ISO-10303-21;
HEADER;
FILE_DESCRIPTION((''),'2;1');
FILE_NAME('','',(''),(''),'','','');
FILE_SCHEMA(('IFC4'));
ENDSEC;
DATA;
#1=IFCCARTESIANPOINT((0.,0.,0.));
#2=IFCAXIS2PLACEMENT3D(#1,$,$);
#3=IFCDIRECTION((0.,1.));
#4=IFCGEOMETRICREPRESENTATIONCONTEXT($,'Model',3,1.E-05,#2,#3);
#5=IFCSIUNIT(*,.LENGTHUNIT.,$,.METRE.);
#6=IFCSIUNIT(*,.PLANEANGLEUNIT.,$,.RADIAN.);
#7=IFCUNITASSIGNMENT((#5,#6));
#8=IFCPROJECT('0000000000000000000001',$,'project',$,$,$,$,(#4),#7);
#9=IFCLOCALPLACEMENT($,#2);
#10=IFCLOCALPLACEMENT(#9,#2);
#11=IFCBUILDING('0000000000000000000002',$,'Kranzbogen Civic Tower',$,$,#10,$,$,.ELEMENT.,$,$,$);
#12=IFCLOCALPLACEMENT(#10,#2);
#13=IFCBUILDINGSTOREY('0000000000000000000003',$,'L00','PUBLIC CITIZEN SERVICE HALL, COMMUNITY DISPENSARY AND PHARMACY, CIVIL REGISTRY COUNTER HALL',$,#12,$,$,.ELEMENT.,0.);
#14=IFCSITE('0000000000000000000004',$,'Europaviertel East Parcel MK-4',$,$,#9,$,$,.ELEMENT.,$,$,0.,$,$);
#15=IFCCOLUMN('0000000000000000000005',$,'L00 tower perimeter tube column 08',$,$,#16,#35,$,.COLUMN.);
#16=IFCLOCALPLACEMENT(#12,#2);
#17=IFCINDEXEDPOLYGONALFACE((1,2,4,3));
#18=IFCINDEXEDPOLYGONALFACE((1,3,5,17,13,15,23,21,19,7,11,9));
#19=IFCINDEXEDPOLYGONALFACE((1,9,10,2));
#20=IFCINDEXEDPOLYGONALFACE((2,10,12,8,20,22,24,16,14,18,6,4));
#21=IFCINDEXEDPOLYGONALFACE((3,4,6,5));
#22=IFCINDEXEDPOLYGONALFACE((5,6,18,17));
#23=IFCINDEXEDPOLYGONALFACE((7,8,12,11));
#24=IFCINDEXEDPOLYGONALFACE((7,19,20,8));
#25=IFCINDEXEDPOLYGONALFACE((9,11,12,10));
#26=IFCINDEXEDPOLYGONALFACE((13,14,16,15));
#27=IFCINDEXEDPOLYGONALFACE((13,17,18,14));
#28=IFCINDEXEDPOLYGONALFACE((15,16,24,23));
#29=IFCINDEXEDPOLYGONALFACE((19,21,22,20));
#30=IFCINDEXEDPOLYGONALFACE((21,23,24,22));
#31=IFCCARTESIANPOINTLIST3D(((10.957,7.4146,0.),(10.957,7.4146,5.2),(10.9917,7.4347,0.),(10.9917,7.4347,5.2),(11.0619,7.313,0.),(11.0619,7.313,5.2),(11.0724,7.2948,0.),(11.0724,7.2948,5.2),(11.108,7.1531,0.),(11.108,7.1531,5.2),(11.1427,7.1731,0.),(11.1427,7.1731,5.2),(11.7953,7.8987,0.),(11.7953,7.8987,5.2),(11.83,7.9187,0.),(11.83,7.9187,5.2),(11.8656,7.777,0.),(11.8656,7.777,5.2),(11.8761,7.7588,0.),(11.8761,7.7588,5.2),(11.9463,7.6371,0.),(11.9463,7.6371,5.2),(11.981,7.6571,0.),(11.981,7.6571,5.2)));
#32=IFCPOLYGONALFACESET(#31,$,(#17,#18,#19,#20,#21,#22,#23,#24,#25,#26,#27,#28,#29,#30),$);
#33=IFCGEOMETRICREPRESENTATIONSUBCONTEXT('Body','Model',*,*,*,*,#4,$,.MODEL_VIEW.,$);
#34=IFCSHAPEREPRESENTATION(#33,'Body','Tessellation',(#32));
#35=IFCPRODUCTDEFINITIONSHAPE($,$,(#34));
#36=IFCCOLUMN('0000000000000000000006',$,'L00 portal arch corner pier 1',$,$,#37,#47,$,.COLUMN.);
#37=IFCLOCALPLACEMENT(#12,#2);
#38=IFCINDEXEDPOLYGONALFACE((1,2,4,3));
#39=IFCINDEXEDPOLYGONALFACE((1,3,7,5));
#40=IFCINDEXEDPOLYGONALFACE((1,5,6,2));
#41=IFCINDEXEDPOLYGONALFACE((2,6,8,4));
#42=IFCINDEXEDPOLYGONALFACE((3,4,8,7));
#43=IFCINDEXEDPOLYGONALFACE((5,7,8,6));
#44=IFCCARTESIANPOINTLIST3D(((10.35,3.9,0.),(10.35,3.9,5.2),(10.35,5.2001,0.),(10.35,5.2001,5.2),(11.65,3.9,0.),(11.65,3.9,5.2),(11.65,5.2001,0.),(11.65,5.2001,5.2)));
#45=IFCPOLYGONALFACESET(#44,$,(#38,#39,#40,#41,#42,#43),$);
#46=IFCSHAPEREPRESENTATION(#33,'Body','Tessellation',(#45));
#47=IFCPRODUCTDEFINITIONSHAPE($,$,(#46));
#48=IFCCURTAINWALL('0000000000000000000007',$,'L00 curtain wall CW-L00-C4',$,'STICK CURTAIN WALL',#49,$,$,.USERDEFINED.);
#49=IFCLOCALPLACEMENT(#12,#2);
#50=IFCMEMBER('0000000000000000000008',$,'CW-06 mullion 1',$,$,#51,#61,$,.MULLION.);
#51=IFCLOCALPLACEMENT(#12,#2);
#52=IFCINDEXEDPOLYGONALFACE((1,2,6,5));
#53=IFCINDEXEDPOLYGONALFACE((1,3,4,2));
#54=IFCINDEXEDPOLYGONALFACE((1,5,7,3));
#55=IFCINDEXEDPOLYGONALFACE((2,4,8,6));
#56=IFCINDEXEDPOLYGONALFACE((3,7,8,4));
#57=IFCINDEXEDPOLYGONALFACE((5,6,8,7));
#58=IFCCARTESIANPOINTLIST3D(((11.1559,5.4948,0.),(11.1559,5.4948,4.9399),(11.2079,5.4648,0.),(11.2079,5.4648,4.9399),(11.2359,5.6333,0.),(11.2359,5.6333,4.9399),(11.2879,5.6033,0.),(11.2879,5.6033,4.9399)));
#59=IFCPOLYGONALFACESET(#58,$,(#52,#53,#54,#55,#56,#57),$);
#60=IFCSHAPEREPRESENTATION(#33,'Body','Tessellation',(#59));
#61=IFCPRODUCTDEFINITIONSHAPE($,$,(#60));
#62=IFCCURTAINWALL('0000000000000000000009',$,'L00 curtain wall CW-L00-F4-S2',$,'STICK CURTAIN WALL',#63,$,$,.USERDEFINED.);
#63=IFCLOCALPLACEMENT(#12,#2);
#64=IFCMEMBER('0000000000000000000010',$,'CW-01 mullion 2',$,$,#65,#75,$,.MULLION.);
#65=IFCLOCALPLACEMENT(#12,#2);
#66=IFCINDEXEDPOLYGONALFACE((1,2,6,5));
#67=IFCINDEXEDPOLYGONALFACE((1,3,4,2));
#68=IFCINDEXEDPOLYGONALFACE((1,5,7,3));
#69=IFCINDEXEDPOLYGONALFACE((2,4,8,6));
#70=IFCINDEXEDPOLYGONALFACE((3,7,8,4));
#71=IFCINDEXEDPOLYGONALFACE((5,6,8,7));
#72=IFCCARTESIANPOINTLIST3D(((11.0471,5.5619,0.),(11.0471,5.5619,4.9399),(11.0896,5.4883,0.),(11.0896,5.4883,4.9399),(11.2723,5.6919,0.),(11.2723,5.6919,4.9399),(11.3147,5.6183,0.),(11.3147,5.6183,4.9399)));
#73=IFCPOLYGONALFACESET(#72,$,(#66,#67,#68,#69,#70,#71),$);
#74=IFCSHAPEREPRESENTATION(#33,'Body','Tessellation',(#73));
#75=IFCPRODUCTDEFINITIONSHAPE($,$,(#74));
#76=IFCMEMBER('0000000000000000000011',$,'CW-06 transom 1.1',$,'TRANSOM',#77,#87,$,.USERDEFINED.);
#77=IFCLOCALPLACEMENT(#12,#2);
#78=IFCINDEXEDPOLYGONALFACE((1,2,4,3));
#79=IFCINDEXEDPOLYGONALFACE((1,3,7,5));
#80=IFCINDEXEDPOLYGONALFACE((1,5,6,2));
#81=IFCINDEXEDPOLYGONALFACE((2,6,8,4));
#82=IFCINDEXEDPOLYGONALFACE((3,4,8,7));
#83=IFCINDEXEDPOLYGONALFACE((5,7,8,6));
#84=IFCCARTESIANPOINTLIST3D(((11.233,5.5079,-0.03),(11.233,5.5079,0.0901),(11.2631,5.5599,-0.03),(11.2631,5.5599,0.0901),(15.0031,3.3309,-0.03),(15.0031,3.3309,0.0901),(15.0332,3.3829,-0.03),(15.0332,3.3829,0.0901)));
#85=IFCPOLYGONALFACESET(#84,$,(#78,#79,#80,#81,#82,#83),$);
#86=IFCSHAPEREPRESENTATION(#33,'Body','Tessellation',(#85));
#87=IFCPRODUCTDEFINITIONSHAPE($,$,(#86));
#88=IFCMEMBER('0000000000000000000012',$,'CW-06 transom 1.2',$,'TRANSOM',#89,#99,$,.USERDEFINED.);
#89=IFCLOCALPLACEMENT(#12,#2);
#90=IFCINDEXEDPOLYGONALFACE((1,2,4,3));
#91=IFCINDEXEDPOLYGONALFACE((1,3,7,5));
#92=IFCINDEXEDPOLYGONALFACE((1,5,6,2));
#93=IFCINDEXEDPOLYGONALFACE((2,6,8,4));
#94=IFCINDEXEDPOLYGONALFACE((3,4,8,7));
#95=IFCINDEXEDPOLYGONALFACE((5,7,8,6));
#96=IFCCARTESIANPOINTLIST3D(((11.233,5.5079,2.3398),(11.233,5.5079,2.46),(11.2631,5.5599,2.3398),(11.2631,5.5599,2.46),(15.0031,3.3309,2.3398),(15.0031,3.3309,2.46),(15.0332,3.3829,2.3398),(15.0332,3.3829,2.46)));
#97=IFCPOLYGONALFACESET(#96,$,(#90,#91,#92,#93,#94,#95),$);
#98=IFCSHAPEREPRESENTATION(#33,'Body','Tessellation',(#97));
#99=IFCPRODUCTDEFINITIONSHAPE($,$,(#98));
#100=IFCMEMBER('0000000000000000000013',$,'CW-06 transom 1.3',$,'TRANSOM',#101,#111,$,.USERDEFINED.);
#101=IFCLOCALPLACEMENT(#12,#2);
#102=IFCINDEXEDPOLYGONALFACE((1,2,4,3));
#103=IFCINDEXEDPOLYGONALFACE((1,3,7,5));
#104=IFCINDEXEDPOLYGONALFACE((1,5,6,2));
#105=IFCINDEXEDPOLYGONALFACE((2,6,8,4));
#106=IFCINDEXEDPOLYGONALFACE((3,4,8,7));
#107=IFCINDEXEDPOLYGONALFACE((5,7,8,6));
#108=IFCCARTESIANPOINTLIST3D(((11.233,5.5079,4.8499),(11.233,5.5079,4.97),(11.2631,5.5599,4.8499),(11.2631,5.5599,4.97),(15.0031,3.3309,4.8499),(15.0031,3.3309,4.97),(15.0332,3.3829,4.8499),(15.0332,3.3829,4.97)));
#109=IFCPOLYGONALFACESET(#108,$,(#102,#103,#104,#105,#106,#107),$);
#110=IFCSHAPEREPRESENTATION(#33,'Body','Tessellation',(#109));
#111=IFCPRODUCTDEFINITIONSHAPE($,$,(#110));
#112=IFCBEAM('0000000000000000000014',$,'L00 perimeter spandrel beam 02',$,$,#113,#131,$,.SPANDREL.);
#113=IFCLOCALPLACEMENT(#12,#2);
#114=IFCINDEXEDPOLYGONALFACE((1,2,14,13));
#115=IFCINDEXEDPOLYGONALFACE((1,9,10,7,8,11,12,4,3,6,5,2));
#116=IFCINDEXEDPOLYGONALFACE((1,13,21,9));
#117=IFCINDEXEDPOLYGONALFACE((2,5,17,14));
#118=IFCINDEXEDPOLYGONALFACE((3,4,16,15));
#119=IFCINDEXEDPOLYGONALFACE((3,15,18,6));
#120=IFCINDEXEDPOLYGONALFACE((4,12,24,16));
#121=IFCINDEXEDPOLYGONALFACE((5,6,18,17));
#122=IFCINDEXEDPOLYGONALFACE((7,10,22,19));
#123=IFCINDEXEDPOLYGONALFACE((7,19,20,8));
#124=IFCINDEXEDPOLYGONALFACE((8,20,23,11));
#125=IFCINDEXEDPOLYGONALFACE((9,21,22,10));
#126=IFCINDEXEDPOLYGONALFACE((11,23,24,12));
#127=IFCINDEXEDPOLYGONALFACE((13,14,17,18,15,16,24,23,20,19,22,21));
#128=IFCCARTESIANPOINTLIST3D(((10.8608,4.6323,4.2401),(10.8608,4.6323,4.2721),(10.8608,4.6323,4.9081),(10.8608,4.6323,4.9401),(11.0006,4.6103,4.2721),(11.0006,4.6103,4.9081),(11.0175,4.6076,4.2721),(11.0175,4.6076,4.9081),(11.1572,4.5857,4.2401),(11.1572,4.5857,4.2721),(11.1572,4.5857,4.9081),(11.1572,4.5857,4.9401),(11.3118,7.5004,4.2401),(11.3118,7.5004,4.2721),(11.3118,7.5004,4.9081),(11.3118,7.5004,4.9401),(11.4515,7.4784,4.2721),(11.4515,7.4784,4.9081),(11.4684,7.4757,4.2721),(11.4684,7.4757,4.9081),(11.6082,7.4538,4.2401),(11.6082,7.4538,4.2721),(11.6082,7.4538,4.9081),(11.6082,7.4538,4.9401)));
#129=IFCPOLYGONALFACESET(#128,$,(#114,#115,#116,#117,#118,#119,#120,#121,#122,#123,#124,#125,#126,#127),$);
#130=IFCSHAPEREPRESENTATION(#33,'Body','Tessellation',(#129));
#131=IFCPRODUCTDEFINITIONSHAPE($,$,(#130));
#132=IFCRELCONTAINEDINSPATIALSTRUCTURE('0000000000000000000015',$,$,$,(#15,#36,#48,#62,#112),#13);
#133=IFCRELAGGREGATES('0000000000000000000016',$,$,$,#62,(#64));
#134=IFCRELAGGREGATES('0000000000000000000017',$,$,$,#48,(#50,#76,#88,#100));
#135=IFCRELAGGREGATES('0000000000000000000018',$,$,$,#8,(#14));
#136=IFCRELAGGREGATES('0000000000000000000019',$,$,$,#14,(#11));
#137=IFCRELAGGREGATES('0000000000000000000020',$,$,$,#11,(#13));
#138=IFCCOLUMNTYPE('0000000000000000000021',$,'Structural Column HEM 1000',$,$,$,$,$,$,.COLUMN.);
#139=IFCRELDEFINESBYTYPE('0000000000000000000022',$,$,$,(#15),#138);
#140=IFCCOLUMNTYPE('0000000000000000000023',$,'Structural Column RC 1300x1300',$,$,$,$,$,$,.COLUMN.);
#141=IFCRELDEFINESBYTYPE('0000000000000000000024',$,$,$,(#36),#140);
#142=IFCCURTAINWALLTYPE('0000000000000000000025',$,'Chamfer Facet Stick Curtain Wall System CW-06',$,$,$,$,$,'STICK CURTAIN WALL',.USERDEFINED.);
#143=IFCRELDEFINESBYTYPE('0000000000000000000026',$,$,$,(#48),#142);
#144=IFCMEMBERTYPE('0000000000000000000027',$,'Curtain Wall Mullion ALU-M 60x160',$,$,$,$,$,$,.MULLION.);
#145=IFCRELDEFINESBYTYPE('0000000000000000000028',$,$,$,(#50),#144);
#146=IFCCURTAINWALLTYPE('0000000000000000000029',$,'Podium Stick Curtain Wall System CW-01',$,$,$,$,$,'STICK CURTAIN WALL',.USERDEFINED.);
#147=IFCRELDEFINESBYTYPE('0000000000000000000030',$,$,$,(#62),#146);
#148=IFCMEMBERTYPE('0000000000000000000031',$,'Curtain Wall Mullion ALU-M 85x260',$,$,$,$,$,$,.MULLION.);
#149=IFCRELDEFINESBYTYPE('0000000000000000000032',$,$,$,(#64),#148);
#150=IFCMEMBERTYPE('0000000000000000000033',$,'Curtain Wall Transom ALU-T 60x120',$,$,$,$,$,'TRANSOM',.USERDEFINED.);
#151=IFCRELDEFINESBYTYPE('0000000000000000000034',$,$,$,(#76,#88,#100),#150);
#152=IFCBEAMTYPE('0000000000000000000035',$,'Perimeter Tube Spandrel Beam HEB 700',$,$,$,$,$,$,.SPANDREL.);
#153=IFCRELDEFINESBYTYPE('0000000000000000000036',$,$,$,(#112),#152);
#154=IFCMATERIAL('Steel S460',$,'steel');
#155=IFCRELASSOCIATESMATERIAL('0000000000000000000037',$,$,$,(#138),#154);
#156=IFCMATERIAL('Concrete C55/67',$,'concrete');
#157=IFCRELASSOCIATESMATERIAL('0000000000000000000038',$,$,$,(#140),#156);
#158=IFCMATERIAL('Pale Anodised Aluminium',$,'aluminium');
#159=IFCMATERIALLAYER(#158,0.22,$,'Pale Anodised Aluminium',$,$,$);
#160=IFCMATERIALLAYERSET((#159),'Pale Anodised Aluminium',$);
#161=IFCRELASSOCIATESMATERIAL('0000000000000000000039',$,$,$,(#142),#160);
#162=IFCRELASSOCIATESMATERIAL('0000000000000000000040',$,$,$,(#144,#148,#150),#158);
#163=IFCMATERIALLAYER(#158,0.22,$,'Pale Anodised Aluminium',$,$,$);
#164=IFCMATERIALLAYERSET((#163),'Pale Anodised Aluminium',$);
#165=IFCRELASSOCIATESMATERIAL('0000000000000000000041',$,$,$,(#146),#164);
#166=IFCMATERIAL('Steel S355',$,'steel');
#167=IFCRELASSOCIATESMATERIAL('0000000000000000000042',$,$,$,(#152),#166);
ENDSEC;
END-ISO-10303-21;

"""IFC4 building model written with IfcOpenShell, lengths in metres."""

from ifc_helpers import new_model, si_unit, direction, frame, origin, origin_2d, place, context, subcontext, project, spatial, rectangle, i_section, extrude, material, layer, layer_set, material_profile, profile_set, type_object, element, aggregate, save


model = new_model("IFC4")

# Units and contexts
model_context = context("Model", 3, precision=1e-05, world=origin(), true_north=direction((0.0, 1.0)))
body_context = subcontext(model_context, "Body", "Model", "MODEL_VIEW")
ifc_project = project(units=[si_unit("LENGTHUNIT", "METRE"), si_unit("PLANEANGLEUNIT", "RADIAN")], contexts=[model_context])

# Site, building, storey
site_placement = place(None, origin())
site = spatial("IfcSite", under=ifc_project, at=site_placement, Name="Europaviertel East Parcel MK-4", CompositionType="ELEMENT", RefElevation=0.0)
building_placement = place(site_placement, origin())
building = spatial("IfcBuilding", under=site, at=building_placement, Name="Kranzbogen Civic Tower", CompositionType="ELEMENT")
storey_placement = place(building_placement, origin())
storey = spatial("IfcBuildingStorey", under=building, at=storey_placement, Name="L00", Description="PUBLIC CITIZEN SERVICE HALL, COMMUNITY DISPENSARY AND PHARMACY, CIVIL REGISTRY COUNTER HALL", CompositionType="ELEMENT", Elevation=0.0)

# Columns
ifc_material_1 = material(Name="Steel S460", Category="steel")
ifc_material_profile_1 = material_profile(ifc_material_1, i_section(OverallWidth=0.302, OverallDepth=1.0081, WebThickness=0.021, FlangeThickness=0.04, at=origin_2d()), Name="HEM 1000")
ifc_profile_set_1 = profile_set([ifc_material_profile_1], Name="Steel S460")
column_type_1 = type_object("IfcColumnType", Name="Structural Column HEM 1000", PredefinedType="COLUMN", material=ifc_profile_set_1)
column_1_placement = place(storey_placement, frame((11.469, 7.5359, 0.0), z_axis=(0.0, 0.0, 1.0), x_axis=(-0.5, 0.866025, 0.0)))
element("IfcColumn", 1, at=column_1_placement, inside=storey, type_object=column_type_1, Name="L00 tower perimeter tube column 08", PredefinedType="COLUMN", context=body_context, shape_type="SweptSolid", body=[
    extrude(i_section(OverallWidth=0.302, OverallDepth=1.0081, WebThickness=0.021, FlangeThickness=0.04, at=origin_2d()), origin(), (0.0, 0.0, 1.0), 5.2),
])
ifc_material_2 = material(Name="Concrete C55/67", Category="concrete")
ifc_material_profile_2 = material_profile(ifc_material_2, rectangle(XDim=1.3, YDim=1.3, at=origin_2d()), Name="RC 1300x1300")
ifc_profile_set_2 = profile_set([ifc_material_profile_2], Name="Concrete C55/67")
column_type_2 = type_object("IfcColumnType", Name="Structural Column RC 1300x1300", PredefinedType="COLUMN", material=ifc_profile_set_2)
column_2_placement = place(storey_placement, frame((11.0, 4.55, 0.0), z_axis=(0.0, 0.0, 1.0), x_axis=(1.0, 0.0, 0.0)))
element("IfcColumn", 2, at=column_2_placement, inside=storey, type_object=column_type_2, Name="L00 portal arch corner pier 1", PredefinedType="COLUMN", context=body_context, shape_type="SweptSolid", body=[
    extrude(rectangle(XDim=1.3, YDim=1.3, at=origin_2d()), origin(), (0.0, 0.0, 1.0), 5.2),
])

# Curtain walls, members
ifc_material_3 = material(Name="Pale Anodised Aluminium", Category="aluminium")
ifc_layer_1 = layer(ifc_material_3, 0.22, Name="Pale Anodised Aluminium")
ifc_layer_set_1 = layer_set([ifc_layer_1], Name="Pale Anodised Aluminium")
curtain_wall_type_1 = type_object("IfcCurtainWallType", Name="Chamfer Facet Stick Curtain Wall System CW-06", ElementType="STICK CURTAIN WALL", PredefinedType="USERDEFINED", material=ifc_layer_set_1)
curtain_wall_1_placement = place(storey_placement, origin())
curtain_wall_1 = element("IfcCurtainWall", 3, at=curtain_wall_1_placement, inside=storey, type_object=curtain_wall_type_1, Name="L00 curtain wall CW-L00-C4", ObjectType="STICK CURTAIN WALL", PredefinedType="USERDEFINED")
ifc_material_profile_3 = material_profile(ifc_material_3, rectangle(XDim=0.0601, YDim=0.1599, at=origin_2d()), Name="ALU-M 60x160")
ifc_profile_set_3 = profile_set([ifc_material_profile_3], Name="Pale Anodised Aluminium")
member_type_1 = type_object("IfcMemberType", Name="Curtain Wall Mullion ALU-M 60x160", PredefinedType="MULLION", material=ifc_profile_set_3)
member_1_placement = place(storey_placement, frame((11.2219, 5.5491, 0.0), z_axis=(0.0, 0.0, 1.0), x_axis=(0.865992, -0.500058, 0.0)))
member_1 = element("IfcMember", 4, at=member_1_placement, type_object=member_type_1, Name="CW-06 mullion 1", PredefinedType="MULLION", context=body_context, shape_type="SweptSolid", body=[
    extrude(rectangle(XDim=0.0601, YDim=0.1599, at=origin_2d()), origin(), (0.0, 0.0, 1.0), 4.9399),
])
ifc_layer_2 = layer(ifc_material_3, 0.22, Name="Pale Anodised Aluminium")
ifc_layer_set_2 = layer_set([ifc_layer_2], Name="Pale Anodised Aluminium")
curtain_wall_type_2 = type_object("IfcCurtainWallType", Name="Podium Stick Curtain Wall System CW-01", ElementType="STICK CURTAIN WALL", PredefinedType="USERDEFINED", material=ifc_layer_set_2)
curtain_wall_2_placement = place(storey_placement, origin())
curtain_wall_2 = element("IfcCurtainWall", 5, at=curtain_wall_2_placement, inside=storey, type_object=curtain_wall_type_2, Name="L00 curtain wall CW-L00-F4-S2", ObjectType="STICK CURTAIN WALL", PredefinedType="USERDEFINED")
ifc_material_profile_4 = material_profile(ifc_material_3, rectangle(XDim=0.085, YDim=0.26, at=origin_2d()), Name="ALU-M 85x260")
ifc_profile_set_4 = profile_set([ifc_material_profile_4], Name="Pale Anodised Aluminium")
member_type_2 = type_object("IfcMemberType", Name="Curtain Wall Mullion ALU-M 85x260", PredefinedType="MULLION", material=ifc_profile_set_4)
member_2_placement = place(storey_placement, frame((11.1809, 5.5901, 0.0), z_axis=(0.0, 0.0, 1.0), x_axis=(0.50001, -0.86602, 0.0)))
member_2 = element("IfcMember", 6, at=member_2_placement, type_object=member_type_2, Name="CW-01 mullion 2", PredefinedType="MULLION", context=body_context, shape_type="SweptSolid", body=[
    extrude(rectangle(XDim=0.085, YDim=0.26, at=origin_2d()), origin(), (0.0, 0.0, 1.0), 4.9399),
])
aggregate(curtain_wall_2, [member_2])

# Members
ifc_material_profile_5 = material_profile(ifc_material_3, rectangle(XDim=0.0601, YDim=0.1201, at=origin_2d()), Name="ALU-T 60x120")
ifc_profile_set_5 = profile_set([ifc_material_profile_5], Name="Pale Anodised Aluminium")
member_type_3 = type_object("IfcMemberType", Name="Curtain Wall Transom ALU-T 60x120", ElementType="TRANSOM", PredefinedType="USERDEFINED", material=ifc_profile_set_5)
member_3_placement = place(storey_placement, frame((11.248, 5.5339, 0.03), z_axis=(0.865988, -0.500065, 0.0), x_axis=(0.500065, 0.865988, 0.0)))
member_3 = element("IfcMember", 7, at=member_3_placement, type_object=member_type_3, Name="CW-06 transom 1.1", ObjectType="TRANSOM", PredefinedType="USERDEFINED", context=body_context, shape_type="SweptSolid", body=[
    extrude(rectangle(XDim=0.0601, YDim=0.1201, at=origin_2d()), origin(), (0.0, 0.0, 1.0), 4.3535),
])
member_4_placement = place(storey_placement, frame((11.248, 5.5339, 2.3999), z_axis=(0.865988, -0.500065, 0.0), x_axis=(0.500065, 0.865988, 0.0)))
member_4 = element("IfcMember", 8, at=member_4_placement, type_object=member_type_3, Name="CW-06 transom 1.2", ObjectType="TRANSOM", PredefinedType="USERDEFINED", context=body_context, shape_type="SweptSolid", body=[
    extrude(rectangle(XDim=0.0601, YDim=0.1201, at=origin_2d()), origin(), (0.0, 0.0, 1.0), 4.3535),
])
member_5_placement = place(storey_placement, frame((11.248, 5.5339, 4.9099), z_axis=(0.865988, -0.500065, 0.0), x_axis=(0.500065, 0.865988, 0.0)))
member_5 = element("IfcMember", 9, at=member_5_placement, type_object=member_type_3, Name="CW-06 transom 1.3", ObjectType="TRANSOM", PredefinedType="USERDEFINED", context=body_context, shape_type="SweptSolid", body=[
    extrude(rectangle(XDim=0.0601, YDim=0.1201, at=origin_2d()), origin(), (0.0, 0.0, 1.0), 4.3535),
])

# Beam
ifc_material_4 = material(Name="Steel S355", Category="steel")
ifc_material_profile_6 = material_profile(ifc_material_4, i_section(OverallWidth=0.3, OverallDepth=0.7, WebThickness=0.0171, FlangeThickness=0.032, at=origin_2d()), Name="HEB 700")
ifc_profile_set_6 = profile_set([ifc_material_profile_6], Name="Steel S355")
beam_type_1 = type_object("IfcBeamType", Name="Perimeter Tube Spandrel Beam HEB 700", PredefinedType="SPANDREL", material=ifc_profile_set_6)
beam_1_placement = place(storey_placement, frame((11.46, 7.4771, 4.5901), z_axis=(-0.155311, -0.987866, 0.0), x_axis=(0.987866, -0.155311, 0.0)))
element("IfcBeam", 10, at=beam_1_placement, inside=storey, type_object=beam_type_1, Name="L00 perimeter spandrel beam 02", PredefinedType="SPANDREL", context=body_context, shape_type="SweptSolid", body=[
    extrude(i_section(OverallWidth=0.3, OverallDepth=0.7, WebThickness=0.0171, FlangeThickness=0.032, at=origin_2d()), origin(), (0.0, 0.0, 1.0), 2.9033),
])

aggregate(curtain_wall_1, [member_1, member_3, member_4, member_5])

save(model, "model.ifc")
